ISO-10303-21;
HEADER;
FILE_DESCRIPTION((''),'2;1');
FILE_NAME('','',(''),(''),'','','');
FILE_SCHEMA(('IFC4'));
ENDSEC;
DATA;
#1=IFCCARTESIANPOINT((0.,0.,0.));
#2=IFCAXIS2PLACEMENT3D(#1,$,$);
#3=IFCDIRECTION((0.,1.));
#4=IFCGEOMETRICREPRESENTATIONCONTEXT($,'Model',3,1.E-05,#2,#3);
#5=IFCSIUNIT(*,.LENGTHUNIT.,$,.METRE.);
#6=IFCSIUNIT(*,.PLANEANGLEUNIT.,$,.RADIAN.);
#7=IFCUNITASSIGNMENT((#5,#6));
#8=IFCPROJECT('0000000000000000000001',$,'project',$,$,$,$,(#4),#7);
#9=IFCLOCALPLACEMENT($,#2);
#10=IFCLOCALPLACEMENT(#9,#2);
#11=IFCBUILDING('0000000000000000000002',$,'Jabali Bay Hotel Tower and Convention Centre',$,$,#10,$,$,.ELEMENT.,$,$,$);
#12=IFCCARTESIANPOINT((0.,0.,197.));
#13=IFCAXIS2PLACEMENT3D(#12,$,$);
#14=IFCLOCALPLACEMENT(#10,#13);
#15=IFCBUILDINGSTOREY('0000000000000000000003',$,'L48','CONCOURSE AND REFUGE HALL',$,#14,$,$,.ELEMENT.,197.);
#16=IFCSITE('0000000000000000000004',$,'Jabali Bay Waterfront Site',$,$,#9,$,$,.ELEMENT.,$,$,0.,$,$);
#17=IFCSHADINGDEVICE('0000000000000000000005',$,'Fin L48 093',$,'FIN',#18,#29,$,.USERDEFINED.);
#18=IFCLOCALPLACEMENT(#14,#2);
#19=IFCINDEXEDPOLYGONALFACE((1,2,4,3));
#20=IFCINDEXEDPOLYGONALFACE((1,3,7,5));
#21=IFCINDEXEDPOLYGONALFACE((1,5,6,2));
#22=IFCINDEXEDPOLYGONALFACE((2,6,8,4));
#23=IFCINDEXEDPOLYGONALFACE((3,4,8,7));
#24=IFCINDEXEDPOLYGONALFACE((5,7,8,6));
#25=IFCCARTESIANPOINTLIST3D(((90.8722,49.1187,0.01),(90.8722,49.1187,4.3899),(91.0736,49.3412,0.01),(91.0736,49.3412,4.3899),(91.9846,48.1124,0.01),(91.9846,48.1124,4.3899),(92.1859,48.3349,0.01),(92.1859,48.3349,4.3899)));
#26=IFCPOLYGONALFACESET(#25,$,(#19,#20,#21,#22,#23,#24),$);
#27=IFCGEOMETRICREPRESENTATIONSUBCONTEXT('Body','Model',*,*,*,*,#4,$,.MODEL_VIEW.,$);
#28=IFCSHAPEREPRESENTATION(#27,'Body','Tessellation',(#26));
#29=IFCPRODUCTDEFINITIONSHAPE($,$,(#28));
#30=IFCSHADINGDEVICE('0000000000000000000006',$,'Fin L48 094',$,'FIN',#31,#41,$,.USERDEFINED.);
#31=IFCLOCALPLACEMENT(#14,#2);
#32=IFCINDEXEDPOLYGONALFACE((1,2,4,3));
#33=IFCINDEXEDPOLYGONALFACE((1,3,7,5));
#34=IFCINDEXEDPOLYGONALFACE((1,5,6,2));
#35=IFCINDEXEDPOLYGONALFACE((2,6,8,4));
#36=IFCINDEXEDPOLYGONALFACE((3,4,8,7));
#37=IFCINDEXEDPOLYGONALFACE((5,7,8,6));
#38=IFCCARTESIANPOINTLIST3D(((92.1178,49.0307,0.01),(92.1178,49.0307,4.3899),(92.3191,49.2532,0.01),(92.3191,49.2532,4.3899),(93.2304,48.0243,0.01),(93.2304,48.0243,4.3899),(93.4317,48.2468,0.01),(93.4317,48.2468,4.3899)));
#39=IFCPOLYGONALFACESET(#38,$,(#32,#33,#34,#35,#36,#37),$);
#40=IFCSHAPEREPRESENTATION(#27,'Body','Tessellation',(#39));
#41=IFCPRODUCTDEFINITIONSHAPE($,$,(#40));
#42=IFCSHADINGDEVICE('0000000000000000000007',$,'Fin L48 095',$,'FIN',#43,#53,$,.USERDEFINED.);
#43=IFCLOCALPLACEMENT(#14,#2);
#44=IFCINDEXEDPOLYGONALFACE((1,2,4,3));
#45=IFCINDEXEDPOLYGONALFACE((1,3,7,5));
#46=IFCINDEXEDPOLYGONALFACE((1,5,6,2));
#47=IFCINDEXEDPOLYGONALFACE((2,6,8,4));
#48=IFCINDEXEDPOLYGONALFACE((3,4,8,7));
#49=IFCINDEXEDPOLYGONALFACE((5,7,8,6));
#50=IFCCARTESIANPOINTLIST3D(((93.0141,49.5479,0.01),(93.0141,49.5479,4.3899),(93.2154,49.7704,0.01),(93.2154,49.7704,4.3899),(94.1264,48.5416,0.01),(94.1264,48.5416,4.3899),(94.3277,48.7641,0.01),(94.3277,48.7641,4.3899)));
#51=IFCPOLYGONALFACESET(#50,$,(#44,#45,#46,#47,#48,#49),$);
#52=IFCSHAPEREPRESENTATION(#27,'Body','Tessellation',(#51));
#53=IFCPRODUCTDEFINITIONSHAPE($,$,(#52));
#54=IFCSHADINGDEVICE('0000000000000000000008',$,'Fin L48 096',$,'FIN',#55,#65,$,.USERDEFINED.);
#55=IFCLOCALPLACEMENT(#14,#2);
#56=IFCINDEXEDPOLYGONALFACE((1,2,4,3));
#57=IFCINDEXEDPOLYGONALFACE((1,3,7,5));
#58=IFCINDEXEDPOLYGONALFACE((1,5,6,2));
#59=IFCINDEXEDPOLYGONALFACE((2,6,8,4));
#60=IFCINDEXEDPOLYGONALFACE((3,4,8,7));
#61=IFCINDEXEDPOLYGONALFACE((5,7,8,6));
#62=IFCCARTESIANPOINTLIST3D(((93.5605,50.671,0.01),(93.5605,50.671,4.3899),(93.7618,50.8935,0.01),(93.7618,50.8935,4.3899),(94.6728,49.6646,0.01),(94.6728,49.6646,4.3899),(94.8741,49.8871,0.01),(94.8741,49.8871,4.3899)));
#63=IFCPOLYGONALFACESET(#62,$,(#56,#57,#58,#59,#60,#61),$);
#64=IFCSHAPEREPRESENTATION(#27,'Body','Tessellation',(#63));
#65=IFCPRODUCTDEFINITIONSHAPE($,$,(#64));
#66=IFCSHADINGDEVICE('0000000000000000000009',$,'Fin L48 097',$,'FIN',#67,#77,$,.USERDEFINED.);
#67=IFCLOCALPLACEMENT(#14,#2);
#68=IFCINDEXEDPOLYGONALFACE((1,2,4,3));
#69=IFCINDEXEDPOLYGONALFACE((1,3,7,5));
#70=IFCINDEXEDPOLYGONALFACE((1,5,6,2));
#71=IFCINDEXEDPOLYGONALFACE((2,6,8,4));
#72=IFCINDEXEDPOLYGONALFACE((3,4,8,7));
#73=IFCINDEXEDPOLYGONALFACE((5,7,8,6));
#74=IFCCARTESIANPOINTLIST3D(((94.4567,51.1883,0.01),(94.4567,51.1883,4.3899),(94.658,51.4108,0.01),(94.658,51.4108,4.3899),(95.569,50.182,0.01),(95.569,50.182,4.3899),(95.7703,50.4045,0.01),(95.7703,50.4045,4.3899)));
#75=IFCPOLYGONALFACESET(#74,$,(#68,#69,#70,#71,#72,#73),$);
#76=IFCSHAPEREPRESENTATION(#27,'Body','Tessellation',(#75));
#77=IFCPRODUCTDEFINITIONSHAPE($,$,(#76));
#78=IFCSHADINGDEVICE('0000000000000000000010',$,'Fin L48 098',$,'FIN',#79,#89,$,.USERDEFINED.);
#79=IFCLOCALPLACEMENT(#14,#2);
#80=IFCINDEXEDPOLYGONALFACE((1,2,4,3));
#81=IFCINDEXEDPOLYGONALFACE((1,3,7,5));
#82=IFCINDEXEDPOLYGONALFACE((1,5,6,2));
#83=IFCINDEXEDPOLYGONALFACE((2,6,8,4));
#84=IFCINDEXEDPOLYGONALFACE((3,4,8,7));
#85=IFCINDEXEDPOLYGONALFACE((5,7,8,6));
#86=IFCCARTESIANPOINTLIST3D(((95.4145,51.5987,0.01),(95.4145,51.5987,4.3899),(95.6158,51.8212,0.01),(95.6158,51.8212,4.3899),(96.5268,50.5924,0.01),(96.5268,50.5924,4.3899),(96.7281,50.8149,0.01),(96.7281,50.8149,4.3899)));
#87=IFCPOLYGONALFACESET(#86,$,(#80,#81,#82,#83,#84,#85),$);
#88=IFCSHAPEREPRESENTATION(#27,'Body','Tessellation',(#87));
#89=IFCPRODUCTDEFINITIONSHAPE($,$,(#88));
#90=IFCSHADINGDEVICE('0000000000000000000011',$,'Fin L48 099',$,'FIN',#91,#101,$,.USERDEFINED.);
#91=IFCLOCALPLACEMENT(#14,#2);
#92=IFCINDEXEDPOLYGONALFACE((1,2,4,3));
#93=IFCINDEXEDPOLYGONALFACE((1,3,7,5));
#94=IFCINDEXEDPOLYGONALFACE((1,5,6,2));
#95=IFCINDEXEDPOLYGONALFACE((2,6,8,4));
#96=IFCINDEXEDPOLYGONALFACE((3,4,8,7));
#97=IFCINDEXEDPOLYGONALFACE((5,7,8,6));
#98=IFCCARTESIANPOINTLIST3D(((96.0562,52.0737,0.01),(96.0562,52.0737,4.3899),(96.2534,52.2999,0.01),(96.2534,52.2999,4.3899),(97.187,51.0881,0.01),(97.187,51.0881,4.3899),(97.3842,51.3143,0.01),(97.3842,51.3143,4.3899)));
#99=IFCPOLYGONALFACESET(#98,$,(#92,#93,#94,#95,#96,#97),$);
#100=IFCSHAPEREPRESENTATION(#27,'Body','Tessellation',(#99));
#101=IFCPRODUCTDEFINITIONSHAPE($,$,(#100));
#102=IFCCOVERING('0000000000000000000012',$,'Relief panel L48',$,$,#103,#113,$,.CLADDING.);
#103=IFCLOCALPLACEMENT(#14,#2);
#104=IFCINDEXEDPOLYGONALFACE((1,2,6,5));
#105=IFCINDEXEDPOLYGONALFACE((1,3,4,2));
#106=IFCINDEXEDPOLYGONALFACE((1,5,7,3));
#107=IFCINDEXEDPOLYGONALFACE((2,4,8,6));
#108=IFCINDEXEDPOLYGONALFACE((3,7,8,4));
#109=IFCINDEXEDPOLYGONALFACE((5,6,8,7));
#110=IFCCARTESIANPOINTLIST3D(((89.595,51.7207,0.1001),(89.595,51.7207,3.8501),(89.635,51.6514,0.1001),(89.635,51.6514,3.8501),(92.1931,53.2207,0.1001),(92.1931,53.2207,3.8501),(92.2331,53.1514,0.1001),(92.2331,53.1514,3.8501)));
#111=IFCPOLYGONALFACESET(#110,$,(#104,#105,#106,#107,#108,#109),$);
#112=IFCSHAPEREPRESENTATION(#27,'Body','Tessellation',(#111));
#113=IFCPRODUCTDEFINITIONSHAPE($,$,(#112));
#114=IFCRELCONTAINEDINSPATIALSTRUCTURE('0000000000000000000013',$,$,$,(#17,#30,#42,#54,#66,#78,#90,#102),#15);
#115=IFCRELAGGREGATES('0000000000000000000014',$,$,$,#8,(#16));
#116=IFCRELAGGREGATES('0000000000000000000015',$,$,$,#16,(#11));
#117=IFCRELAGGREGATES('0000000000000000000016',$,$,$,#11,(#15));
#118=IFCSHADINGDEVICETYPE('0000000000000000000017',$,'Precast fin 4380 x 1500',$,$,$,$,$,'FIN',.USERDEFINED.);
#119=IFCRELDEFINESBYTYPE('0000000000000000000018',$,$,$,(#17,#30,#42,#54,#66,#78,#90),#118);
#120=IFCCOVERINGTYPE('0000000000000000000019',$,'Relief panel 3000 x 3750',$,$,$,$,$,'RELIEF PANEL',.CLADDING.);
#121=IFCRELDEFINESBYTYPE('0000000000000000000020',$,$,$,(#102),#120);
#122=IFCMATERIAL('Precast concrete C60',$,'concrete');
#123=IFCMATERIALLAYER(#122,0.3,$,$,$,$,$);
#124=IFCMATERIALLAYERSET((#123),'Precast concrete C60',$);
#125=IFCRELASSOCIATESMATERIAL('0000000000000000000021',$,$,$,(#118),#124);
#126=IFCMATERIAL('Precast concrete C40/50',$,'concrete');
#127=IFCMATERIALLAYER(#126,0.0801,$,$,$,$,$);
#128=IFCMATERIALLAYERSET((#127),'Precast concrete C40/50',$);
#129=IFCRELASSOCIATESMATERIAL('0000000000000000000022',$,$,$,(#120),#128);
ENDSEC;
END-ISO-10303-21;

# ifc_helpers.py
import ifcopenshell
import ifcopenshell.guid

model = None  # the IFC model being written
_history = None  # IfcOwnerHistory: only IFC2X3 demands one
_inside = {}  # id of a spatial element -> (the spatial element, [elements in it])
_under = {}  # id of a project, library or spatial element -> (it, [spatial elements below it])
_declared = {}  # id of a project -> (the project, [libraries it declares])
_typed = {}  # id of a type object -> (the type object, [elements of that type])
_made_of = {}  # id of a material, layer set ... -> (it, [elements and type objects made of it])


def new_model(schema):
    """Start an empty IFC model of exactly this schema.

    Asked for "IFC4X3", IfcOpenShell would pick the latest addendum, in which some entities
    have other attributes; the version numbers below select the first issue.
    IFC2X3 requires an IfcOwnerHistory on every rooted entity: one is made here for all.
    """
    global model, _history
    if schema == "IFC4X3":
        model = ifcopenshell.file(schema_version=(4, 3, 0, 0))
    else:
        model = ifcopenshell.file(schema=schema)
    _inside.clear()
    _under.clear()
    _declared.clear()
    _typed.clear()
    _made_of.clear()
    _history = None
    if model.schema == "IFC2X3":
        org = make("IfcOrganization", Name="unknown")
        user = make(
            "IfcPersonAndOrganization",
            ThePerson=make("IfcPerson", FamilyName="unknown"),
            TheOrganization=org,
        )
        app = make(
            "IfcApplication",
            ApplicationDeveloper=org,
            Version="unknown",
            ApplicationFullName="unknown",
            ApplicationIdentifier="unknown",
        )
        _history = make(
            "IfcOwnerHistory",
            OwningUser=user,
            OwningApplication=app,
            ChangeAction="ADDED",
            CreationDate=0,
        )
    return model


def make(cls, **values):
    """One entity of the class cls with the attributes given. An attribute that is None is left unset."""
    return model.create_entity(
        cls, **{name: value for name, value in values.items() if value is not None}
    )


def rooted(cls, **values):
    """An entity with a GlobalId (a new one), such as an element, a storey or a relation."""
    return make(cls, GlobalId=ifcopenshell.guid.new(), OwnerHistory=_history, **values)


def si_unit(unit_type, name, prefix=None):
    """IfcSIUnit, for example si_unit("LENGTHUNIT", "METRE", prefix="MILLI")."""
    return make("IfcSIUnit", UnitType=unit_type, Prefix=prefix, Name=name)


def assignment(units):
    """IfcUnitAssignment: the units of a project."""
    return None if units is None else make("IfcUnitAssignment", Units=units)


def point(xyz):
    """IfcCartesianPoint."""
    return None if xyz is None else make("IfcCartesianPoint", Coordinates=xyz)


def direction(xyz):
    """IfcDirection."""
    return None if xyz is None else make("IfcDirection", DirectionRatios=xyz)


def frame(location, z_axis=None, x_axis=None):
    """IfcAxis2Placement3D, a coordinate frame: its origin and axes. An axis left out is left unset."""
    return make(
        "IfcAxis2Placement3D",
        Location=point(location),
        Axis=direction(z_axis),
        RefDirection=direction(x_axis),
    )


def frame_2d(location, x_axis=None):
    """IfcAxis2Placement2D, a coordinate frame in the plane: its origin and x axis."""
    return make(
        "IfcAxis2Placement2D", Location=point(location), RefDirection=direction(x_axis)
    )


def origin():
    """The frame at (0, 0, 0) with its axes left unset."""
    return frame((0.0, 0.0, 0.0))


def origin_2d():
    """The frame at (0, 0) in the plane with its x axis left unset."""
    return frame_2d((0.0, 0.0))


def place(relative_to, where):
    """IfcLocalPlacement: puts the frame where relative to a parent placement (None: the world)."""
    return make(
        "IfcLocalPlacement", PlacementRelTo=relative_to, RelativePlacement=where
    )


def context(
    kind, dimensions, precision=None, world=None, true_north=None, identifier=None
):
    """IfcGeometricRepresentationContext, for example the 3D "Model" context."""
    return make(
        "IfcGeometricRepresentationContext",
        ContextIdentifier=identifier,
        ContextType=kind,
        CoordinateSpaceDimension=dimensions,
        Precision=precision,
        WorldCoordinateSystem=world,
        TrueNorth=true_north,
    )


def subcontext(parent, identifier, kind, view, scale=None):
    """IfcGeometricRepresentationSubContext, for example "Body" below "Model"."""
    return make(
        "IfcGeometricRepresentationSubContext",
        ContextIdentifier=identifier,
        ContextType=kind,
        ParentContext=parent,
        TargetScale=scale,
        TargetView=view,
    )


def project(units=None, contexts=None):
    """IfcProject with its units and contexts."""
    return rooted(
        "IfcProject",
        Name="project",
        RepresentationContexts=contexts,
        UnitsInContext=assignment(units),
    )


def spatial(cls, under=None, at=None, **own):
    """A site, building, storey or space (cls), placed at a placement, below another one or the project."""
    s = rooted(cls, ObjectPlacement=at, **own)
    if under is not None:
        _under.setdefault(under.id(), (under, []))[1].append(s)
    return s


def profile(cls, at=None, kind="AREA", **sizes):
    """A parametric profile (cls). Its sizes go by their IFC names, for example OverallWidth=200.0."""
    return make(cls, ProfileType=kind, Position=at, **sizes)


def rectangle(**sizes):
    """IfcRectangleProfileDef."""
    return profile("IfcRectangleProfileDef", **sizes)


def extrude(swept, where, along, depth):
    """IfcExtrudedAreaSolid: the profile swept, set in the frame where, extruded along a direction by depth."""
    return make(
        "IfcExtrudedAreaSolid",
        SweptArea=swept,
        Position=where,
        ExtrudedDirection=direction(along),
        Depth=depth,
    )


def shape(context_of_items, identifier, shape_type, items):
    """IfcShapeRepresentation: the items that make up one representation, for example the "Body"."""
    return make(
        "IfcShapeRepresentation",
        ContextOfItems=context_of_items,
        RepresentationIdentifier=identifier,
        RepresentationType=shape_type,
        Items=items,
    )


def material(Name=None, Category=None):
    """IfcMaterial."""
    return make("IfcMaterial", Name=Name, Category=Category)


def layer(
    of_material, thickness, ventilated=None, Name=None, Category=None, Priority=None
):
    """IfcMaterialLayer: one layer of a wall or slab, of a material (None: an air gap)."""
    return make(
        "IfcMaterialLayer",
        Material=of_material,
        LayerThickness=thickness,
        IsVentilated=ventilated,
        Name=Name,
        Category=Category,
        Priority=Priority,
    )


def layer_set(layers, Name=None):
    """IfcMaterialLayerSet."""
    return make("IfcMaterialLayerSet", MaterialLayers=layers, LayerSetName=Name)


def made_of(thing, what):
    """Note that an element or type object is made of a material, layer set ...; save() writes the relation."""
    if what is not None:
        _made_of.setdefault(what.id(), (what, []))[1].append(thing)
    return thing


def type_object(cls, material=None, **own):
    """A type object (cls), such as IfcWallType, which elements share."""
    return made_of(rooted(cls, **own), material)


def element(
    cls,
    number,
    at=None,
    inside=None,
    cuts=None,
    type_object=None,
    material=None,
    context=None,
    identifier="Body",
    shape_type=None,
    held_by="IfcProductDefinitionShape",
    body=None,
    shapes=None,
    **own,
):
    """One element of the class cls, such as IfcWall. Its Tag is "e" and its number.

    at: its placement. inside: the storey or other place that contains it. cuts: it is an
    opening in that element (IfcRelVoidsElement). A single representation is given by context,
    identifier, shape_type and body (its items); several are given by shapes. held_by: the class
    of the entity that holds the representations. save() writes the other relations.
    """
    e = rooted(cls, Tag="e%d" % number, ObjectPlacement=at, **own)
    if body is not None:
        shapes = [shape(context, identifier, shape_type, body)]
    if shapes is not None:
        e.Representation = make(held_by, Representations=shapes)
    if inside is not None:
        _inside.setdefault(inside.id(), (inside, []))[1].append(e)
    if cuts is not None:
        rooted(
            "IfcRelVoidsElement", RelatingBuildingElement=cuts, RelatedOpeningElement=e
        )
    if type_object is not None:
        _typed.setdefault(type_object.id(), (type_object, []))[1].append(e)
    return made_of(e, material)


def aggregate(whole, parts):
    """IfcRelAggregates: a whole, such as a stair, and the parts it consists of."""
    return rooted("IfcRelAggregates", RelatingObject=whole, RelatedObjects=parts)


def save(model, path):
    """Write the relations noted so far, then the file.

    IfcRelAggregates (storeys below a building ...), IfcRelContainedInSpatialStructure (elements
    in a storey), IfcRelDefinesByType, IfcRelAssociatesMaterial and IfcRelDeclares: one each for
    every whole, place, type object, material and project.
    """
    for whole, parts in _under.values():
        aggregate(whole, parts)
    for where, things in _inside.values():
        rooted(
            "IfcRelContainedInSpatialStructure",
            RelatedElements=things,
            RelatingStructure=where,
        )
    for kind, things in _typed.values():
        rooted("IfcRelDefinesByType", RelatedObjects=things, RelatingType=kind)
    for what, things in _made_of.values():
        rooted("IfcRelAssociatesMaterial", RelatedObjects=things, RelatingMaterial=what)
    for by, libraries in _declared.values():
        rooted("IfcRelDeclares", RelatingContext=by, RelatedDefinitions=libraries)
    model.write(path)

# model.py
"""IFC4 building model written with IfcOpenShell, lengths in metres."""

from ifc_helpers import new_model, si_unit, direction, frame, frame_2d, origin, origin_2d, place, context, subcontext, project, spatial, rectangle, extrude, material, layer, layer_set, type_object, element, save


model = new_model("IFC4")

# Units and contexts
model_context = context("Model", 3, precision=1e-05, world=origin(), true_north=direction((0.0, 1.0)))
body_context = subcontext(model_context, "Body", "Model", "MODEL_VIEW")
ifc_project = project(units=[si_unit("LENGTHUNIT", "METRE"), si_unit("PLANEANGLEUNIT", "RADIAN")], contexts=[model_context])

# Site, building, storey
site_placement = place(None, origin())
site = spatial("IfcSite", under=ifc_project, at=site_placement, Name="Jabali Bay Waterfront Site", CompositionType="ELEMENT", RefElevation=0.0)
building_placement = place(site_placement, origin())
building = spatial("IfcBuilding", under=site, at=building_placement, Name="Jabali Bay Hotel Tower and Convention Centre", CompositionType="ELEMENT")
storey_placement = place(building_placement, frame((0.0, 0.0, 197.0)))
storey = spatial("IfcBuildingStorey", under=building, at=storey_placement, Name="L48", Description="CONCOURSE AND REFUGE HALL", CompositionType="ELEMENT", Elevation=197.0)

# Shading devices
ifc_material_1 = material(Name="Precast concrete C60", Category="concrete")
ifc_layer_1 = layer(ifc_material_1, 0.3)
ifc_layer_set_1 = layer_set([ifc_layer_1], Name="Precast concrete C60")
shading_device_type = type_object("IfcShadingDeviceType", Name="Precast fin 4380 x 1500", ElementType="FIN", PredefinedType="USERDEFINED", material=ifc_layer_set_1)
for number, where, z_axis, x_axis, name in (
    (1, (90.9729, 49.23, 0.01), (0.0, 0.0, 1.0), (0.741543, -0.670905, 0.0), "Fin L48 093"),
):
    element("IfcShadingDevice", number, at=place(storey_placement, frame(where, z_axis=z_axis, x_axis=x_axis)), inside=storey, type_object=shading_device_type, Name=name, ObjectType="FIN", PredefinedType="USERDEFINED", context=body_context, shape_type="SweptSolid", body=[
        extrude(rectangle(XDim=1.5, YDim=0.3, at=frame_2d((0.75, 0.0))), origin(), (0.0, 0.0, 1.0), 4.3799),
    ])
shading_device_1_placement = place(storey_placement, frame((92.2185, 49.1418, 0.01), z_axis=(0.0, 0.0, 1.0), x_axis=(0.741617, -0.670824, 0.0)))
element("IfcShadingDevice", 2, at=shading_device_1_placement, inside=storey, type_object=shading_device_type, Name="Fin L48 094", ObjectType="FIN", PredefinedType="USERDEFINED", context=body_context, shape_type="SweptSolid", body=[
    extrude(rectangle(XDim=1.5002, YDim=0.3, at=frame_2d((0.75, 0.0))), origin(), (0.0, 0.0, 1.0), 4.3799),
])
for number, where, z_axis, x_axis, name in (
    (3, (93.1147, 49.6592, 0.01), (0.0, 0.0, 1.0), (0.741543, -0.670905, 0.0), "Fin L48 095"),
    (4, (93.6611, 50.7822, 0.01), (0.0, 0.0, 1.0), (0.741543, -0.670905, 0.0), "Fin L48 096"),
    (5, (94.5574, 51.2996, 0.01), (0.0, 0.0, 1.0), (0.741543, -0.670905, 0.0), "Fin L48 097"),
    (6, (95.5151, 51.71, 0.01), (0.0, 0.0, 1.0), (0.741543, -0.670905, 0.0), "Fin L48 098"),
    (7, (96.1548, 52.1868, 0.01), (0.0, 0.0, 1.0), (0.753866, -0.657028, 0.0), "Fin L48 099"),
):
    element("IfcShadingDevice", number, at=place(storey_placement, frame(where, z_axis=z_axis, x_axis=x_axis)), inside=storey, type_object=shading_device_type, Name=name, ObjectType="FIN", PredefinedType="USERDEFINED", context=body_context, shape_type="SweptSolid", body=[
        extrude(rectangle(XDim=1.5, YDim=0.3, at=frame_2d((0.75, 0.0))), origin(), (0.0, 0.0, 1.0), 4.3799),
    ])

# Covering
ifc_material_2 = material(Name="Precast concrete C40/50", Category="concrete")
ifc_layer_2 = layer(ifc_material_2, 0.0801)
ifc_layer_set_2 = layer_set([ifc_layer_2], Name="Precast concrete C40/50")
covering_type = type_object("IfcCoveringType", Name="Relief panel 3000 x 3750", ElementType="RELIEF PANEL", PredefinedType="CLADDING", material=ifc_layer_set_2)
covering_placement = place(storey_placement, frame((90.9141, 52.436, 0.1001), z_axis=(0.0, 0.0, 1.0), x_axis=(-0.866025, -0.5, 0.0)))
element("IfcCovering", 8, at=covering_placement, inside=storey, type_object=covering_type, Name="Relief panel L48", PredefinedType="CLADDING", context=body_context, shape_type="SweptSolid", body=[
    extrude(rectangle(XDim=3.0, YDim=0.0801, at=origin_2d()), origin(), (0.0, 0.0, 1.0), 3.75),
])

save(model, "model.ifc")
